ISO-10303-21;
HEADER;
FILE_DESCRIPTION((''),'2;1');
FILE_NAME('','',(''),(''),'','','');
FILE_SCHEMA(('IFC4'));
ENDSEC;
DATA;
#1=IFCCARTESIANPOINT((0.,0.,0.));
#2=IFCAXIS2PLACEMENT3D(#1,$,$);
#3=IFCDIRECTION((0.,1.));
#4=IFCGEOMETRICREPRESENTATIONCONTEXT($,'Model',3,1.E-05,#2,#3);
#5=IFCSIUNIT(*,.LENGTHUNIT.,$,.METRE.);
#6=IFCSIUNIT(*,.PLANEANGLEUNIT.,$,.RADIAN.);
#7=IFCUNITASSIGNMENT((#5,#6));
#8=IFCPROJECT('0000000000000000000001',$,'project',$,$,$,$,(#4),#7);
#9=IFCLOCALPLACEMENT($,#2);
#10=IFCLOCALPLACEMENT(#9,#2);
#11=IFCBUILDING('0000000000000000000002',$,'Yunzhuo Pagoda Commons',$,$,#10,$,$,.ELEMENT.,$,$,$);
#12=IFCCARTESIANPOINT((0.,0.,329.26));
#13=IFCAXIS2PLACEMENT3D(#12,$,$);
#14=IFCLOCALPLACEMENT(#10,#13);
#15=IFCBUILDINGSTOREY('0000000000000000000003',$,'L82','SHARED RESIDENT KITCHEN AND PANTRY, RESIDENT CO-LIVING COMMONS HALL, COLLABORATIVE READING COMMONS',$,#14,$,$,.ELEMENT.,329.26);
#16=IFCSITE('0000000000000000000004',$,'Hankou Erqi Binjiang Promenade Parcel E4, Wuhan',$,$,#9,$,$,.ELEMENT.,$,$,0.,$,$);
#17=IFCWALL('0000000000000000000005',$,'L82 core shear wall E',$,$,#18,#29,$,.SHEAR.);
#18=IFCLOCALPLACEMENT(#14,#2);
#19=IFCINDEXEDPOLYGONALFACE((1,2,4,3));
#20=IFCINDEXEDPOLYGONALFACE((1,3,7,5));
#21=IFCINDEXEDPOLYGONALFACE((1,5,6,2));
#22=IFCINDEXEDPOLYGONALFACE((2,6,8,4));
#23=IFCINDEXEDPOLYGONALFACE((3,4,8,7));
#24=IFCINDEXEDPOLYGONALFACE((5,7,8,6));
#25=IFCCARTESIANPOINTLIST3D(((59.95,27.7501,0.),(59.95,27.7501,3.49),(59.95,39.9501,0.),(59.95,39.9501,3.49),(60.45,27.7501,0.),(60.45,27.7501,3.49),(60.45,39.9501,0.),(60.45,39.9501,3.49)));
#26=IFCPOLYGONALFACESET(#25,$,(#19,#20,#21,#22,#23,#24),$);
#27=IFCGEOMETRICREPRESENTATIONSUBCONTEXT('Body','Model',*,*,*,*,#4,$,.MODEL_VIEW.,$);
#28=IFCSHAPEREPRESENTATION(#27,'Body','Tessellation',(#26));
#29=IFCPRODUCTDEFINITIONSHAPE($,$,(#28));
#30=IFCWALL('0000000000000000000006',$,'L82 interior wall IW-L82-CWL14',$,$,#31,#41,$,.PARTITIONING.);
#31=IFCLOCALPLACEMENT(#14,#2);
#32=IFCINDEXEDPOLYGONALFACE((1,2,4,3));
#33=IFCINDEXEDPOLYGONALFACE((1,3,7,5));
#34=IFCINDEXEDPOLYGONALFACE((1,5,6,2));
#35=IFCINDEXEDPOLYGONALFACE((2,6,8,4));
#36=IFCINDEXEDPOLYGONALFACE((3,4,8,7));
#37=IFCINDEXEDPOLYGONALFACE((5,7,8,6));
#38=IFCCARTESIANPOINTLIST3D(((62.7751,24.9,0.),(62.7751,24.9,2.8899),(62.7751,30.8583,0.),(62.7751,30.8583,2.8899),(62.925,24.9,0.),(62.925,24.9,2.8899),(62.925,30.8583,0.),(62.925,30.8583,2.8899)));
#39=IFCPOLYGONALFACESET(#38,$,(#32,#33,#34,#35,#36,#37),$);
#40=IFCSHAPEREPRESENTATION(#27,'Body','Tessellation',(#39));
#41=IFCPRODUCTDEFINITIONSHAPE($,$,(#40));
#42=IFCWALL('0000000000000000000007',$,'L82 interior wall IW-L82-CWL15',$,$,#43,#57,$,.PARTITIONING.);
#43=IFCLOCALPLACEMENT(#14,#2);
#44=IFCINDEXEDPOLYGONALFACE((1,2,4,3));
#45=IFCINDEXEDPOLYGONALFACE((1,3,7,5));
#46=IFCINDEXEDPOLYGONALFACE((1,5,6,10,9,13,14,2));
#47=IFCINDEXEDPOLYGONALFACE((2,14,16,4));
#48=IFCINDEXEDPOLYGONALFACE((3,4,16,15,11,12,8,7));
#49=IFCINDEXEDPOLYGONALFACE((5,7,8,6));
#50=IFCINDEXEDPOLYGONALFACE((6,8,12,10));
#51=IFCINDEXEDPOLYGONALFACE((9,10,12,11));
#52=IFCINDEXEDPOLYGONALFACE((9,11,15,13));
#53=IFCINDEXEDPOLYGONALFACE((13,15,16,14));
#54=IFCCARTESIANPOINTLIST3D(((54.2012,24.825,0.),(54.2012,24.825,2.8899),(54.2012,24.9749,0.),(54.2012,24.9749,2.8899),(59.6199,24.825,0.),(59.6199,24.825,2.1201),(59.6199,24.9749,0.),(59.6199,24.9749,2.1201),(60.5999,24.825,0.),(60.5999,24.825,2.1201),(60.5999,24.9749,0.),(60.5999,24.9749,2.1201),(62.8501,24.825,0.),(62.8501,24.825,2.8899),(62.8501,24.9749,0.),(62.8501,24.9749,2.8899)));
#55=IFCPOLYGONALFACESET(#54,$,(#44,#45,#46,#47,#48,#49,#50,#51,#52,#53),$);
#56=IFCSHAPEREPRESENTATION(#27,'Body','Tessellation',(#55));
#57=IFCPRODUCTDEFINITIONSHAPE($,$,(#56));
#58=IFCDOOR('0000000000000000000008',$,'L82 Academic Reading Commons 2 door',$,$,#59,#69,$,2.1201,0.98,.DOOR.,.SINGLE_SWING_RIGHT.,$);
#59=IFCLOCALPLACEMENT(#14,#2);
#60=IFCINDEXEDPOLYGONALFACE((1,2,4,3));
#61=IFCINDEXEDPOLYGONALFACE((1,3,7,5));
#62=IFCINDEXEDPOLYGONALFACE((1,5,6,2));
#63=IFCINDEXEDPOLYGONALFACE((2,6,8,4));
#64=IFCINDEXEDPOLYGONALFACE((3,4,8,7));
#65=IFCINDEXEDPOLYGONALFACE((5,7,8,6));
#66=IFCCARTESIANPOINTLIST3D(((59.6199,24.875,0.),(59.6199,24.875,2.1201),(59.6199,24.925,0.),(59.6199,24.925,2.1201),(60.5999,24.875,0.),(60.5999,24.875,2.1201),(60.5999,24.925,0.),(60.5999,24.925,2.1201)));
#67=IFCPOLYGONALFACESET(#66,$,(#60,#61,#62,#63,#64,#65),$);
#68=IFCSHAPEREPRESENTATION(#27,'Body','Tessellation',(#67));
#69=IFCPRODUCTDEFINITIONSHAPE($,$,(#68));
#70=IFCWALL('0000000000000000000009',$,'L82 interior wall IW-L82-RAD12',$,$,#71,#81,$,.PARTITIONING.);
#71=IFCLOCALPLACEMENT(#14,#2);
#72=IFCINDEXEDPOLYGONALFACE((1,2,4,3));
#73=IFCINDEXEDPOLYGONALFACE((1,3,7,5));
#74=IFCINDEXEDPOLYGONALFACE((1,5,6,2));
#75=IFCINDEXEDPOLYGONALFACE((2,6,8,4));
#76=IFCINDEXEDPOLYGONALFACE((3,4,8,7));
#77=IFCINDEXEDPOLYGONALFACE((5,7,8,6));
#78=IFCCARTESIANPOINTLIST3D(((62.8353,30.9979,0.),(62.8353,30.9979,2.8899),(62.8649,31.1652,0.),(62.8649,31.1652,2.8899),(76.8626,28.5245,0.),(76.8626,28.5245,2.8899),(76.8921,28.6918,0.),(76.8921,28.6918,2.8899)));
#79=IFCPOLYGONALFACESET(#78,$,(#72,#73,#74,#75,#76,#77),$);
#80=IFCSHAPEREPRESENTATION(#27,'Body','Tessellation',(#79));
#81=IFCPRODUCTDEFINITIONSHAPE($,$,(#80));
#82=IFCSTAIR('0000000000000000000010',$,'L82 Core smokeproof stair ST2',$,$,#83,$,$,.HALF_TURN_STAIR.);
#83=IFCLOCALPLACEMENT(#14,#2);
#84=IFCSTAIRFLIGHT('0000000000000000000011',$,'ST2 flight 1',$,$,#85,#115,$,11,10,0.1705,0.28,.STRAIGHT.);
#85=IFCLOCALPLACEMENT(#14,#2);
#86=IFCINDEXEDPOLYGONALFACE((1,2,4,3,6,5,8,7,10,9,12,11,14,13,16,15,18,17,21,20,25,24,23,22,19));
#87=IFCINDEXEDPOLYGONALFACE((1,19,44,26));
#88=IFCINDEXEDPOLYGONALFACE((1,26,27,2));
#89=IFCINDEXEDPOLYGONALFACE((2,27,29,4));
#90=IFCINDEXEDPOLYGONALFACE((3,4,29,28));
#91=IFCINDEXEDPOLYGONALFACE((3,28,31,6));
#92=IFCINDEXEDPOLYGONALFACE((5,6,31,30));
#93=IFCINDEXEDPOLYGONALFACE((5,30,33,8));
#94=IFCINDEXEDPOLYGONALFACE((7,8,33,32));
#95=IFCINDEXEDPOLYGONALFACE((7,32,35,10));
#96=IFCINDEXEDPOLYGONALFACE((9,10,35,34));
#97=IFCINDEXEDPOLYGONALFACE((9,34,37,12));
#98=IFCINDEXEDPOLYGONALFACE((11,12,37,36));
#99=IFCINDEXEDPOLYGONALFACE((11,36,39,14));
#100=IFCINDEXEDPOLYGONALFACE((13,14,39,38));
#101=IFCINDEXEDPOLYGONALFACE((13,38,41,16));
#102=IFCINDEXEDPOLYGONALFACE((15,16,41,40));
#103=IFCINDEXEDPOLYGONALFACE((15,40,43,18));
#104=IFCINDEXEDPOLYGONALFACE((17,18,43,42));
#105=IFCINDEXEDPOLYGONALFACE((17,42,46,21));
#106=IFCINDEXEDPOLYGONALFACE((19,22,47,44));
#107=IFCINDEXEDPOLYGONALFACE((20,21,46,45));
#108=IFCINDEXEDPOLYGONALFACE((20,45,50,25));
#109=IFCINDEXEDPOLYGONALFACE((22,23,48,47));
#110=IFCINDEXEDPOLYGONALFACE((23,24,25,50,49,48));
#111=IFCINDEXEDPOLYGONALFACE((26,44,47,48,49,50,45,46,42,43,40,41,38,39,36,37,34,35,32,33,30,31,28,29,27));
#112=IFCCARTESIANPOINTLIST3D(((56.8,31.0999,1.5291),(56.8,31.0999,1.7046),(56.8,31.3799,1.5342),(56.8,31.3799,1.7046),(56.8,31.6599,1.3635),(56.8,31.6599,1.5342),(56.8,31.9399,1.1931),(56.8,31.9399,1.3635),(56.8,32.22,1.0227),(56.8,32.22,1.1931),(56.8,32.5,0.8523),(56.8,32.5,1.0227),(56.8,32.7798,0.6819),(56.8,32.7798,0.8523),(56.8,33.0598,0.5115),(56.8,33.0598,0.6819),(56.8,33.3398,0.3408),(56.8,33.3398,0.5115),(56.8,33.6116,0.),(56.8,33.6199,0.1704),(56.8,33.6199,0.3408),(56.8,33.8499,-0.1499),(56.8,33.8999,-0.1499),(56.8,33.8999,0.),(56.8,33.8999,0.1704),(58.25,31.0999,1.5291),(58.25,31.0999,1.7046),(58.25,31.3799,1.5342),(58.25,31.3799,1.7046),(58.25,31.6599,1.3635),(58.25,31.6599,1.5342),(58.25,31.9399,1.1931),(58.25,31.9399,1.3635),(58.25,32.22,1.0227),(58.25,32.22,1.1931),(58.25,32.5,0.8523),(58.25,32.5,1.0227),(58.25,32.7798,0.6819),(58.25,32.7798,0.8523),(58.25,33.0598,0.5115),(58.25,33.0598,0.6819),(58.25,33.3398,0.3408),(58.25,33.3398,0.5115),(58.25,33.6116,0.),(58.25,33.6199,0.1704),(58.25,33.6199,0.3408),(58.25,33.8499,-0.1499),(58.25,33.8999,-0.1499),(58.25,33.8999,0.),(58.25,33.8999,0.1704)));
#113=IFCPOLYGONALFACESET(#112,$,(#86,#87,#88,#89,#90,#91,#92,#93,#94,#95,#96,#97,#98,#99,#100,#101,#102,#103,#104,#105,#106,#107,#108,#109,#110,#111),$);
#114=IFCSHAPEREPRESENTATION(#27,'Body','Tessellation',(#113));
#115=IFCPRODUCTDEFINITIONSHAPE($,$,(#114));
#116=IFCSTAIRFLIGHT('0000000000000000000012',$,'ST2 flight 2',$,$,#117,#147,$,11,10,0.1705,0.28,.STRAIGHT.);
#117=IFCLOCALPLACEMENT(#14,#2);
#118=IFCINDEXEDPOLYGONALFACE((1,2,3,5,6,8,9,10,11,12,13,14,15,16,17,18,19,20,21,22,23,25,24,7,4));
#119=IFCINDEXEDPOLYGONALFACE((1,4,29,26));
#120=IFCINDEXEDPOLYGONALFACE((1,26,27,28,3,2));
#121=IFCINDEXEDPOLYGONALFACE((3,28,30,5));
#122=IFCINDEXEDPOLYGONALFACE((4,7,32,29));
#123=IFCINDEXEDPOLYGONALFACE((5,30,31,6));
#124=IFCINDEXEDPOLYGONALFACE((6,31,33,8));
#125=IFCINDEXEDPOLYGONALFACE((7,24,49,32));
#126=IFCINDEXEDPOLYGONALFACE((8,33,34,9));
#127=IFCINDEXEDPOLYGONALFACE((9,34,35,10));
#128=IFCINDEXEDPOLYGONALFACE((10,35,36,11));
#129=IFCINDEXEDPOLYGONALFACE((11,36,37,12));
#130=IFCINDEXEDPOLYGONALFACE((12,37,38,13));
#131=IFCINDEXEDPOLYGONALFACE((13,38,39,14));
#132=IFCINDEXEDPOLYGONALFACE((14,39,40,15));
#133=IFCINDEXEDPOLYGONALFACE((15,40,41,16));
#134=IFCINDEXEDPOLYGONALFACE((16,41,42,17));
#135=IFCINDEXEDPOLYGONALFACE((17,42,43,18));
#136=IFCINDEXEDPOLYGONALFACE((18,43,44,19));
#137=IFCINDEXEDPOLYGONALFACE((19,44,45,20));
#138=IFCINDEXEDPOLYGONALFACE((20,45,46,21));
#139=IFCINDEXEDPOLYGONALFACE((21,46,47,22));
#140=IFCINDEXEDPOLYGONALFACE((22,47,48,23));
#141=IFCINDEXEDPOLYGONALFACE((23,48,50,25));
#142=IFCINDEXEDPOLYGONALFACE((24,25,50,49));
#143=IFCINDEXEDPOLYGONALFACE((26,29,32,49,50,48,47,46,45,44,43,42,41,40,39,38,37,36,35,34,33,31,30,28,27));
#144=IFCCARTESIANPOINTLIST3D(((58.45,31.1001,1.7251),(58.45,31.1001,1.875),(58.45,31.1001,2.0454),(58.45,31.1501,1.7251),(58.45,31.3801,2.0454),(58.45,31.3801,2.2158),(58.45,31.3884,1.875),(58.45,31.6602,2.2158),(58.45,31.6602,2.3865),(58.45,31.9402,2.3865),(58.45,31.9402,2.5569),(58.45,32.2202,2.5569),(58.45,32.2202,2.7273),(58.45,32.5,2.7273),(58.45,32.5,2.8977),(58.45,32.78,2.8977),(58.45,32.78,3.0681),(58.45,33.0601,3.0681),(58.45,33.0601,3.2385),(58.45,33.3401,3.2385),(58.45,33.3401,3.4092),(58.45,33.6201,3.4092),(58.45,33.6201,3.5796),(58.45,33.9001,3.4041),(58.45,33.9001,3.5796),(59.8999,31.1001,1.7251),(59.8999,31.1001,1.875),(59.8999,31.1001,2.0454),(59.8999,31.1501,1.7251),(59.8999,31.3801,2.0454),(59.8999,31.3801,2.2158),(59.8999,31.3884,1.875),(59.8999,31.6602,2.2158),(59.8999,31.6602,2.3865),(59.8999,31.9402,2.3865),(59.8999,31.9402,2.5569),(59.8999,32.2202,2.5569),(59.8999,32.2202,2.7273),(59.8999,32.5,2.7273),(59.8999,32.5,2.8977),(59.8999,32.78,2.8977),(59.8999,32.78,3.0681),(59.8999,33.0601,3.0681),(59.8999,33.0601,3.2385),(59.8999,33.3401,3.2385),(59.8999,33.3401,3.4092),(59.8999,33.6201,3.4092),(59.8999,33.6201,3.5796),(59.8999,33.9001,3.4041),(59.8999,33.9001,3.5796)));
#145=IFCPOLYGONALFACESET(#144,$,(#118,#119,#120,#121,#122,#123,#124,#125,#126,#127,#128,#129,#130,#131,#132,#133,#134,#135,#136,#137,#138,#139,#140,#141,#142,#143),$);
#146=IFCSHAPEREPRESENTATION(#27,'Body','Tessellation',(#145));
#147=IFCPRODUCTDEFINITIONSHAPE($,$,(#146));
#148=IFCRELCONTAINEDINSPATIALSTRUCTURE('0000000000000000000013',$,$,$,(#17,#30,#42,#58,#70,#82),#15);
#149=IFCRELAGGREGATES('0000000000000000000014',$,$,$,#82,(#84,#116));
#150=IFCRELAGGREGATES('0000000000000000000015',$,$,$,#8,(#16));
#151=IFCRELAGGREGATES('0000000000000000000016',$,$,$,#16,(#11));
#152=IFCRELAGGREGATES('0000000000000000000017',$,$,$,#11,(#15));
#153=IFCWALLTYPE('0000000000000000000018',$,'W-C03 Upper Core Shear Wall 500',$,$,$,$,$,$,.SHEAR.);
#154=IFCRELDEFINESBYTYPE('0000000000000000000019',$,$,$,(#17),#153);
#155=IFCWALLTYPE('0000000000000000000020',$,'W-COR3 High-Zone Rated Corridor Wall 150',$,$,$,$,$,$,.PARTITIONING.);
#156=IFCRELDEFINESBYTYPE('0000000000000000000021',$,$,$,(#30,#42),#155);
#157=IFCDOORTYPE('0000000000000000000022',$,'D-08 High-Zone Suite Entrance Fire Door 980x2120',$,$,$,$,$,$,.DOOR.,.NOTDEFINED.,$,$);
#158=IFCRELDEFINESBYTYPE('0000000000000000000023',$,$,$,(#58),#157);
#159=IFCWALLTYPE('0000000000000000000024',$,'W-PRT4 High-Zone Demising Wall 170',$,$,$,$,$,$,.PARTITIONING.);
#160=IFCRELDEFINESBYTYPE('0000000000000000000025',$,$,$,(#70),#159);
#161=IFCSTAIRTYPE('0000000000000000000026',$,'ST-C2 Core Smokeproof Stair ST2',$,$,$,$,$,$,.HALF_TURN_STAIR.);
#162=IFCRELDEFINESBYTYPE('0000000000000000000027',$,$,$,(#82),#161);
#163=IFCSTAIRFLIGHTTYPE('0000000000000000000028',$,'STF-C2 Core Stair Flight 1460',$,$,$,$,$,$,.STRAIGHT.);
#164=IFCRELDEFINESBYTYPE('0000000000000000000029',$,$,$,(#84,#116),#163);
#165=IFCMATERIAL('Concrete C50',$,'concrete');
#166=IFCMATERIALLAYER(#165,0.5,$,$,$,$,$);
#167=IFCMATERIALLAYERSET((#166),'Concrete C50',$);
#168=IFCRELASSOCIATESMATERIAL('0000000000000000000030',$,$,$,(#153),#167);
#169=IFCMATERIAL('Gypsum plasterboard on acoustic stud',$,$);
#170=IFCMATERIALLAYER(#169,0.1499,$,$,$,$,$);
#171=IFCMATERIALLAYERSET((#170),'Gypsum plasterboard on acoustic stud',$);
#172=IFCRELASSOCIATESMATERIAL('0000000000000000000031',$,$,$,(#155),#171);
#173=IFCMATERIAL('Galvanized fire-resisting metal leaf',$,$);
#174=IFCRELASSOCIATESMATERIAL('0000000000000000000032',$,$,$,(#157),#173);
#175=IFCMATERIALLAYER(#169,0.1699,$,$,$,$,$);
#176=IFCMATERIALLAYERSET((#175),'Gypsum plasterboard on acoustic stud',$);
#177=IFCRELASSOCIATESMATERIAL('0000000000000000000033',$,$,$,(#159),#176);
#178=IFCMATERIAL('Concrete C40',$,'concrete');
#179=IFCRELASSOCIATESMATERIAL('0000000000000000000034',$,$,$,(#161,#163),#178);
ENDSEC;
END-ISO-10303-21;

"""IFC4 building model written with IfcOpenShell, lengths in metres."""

from ifc_helpers import new_model, si_unit, direction, frame, frame_2d, origin, origin_with_axes, place, context, subcontext, project, spatial, polyline, rectangle, outline, extrude, source, transform, mapped, material, layer, layer_set, type_object, element, fill, aggregate, save


model = new_model("IFC4")

# Units and contexts
model_context = context("Model", 3, precision=1e-05, world=origin(), true_north=direction((0.0, 1.0)))
body_context = subcontext(model_context, "Body", "Model", "MODEL_VIEW")
ifc_project = project(units=[si_unit("LENGTHUNIT", "METRE"), si_unit("PLANEANGLEUNIT", "RADIAN")], contexts=[model_context])

# Site, building, storey
site_placement = place(None, origin())
site = spatial("IfcSite", under=ifc_project, at=site_placement, Name="Hankou Erqi Binjiang Promenade Parcel E4, Wuhan", CompositionType="ELEMENT", RefElevation=0.0)
building_placement = place(site_placement, origin())
building = spatial("IfcBuilding", under=site, at=building_placement, Name="Yunzhuo Pagoda Commons", CompositionType="ELEMENT")
storey_placement = place(building_placement, frame((0.0, 0.0, 329.26)))
storey = spatial("IfcBuildingStorey", under=building, at=storey_placement, Name="L82", Description="SHARED RESIDENT KITCHEN AND PANTRY, RESIDENT CO-LIVING COMMONS HALL, COLLABORATIVE READING COMMONS", CompositionType="ELEMENT", Elevation=329.26)

# Walls
ifc_material_1 = material(Name="Concrete C50", Category="concrete")
ifc_layer_1 = layer(ifc_material_1, 0.5)
ifc_layer_set_1 = layer_set([ifc_layer_1], Name="Concrete C50")
wall_type_1 = type_object("IfcWallType", Name="W-C03 Upper Core Shear Wall 500", PredefinedType="SHEAR", material=ifc_layer_set_1)
wall_1_placement = place(storey_placement, frame((60.2, 27.75, 0.0), z_axis=(0.0, 0.0, 1.0), x_axis=(0.0, 1.0, 0.0)))
element("IfcWall", 1, at=wall_1_placement, inside=storey, type_object=wall_type_1, Name="L82 core shear wall E", PredefinedType="SHEAR", context=body_context, shape_type="SweptSolid", body=[
    extrude(rectangle(XDim=12.2, YDim=0.5, at=frame_2d((6.1001, 0.0))), origin(), (0.0, 0.0, 1.0), 3.49),
])
ifc_material_2 = material(Name="Gypsum plasterboard on acoustic stud")
ifc_layer_2 = layer(ifc_material_2, 0.1499)
ifc_layer_set_2 = layer_set([ifc_layer_2], Name="Gypsum plasterboard on acoustic stud")
wall_type_2 = type_object("IfcWallType", Name="W-COR3 High-Zone Rated Corridor Wall 150", PredefinedType="PARTITIONING", material=ifc_layer_set_2)
wall_2_placement = place(storey_placement, frame((62.8501, 30.8582, 0.0), z_axis=(0.0, 0.0, 1.0), x_axis=(0.0, -1.0, 0.0)))
element("IfcWall", 2, at=wall_2_placement, inside=storey, type_object=wall_type_2, Name="L82 interior wall IW-L82-CWL14", PredefinedType="PARTITIONING", context=body_context, shape_type="SweptSolid", body=[
    extrude(rectangle(XDim=5.9583, YDim=0.1499, at=frame_2d((2.979, 0.0))), origin(), (0.0, 0.0, 1.0), 2.8899),
])

# Wall, opening, door
wall_3_placement = place(storey_placement, frame((62.8501, 24.8999, 0.0), z_axis=(0.0, 0.0, 1.0), x_axis=(-1.0, 0.0, 0.0)))
wall_3 = element("IfcWall", 3, at=wall_3_placement, inside=storey, type_object=wall_type_2, Name="L82 interior wall IW-L82-CWL15", PredefinedType="PARTITIONING", context=body_context, shape_type="SweptSolid", body=[
    extrude(rectangle(XDim=8.6489, YDim=0.1499, at=frame_2d((4.3245, 0.0))), origin(), (0.0, 0.0, 1.0), 2.8899),
])
opening_placement = place(wall_3_placement, frame((2.2502, 0.0, 0.0)))
opening = element("IfcOpeningElement", 4, at=opening_placement, cuts=wall_3, PredefinedType="OPENING", context=body_context, shape_type="SweptSolid", body=[
    extrude(rectangle(XDim=0.98, YDim=2.1201, at=frame_2d((0.49, 1.0601))), frame((0.0, 0.085, 0.0), z_axis=(0.0, -1.0, 0.0), x_axis=(1.0, 0.0, 0.0)), (0.0, 0.0, 1.0), 0.1699),
])
ifc_material_3 = material(Name="Galvanized fire-resisting metal leaf")
door_type = type_object("IfcDoorType", Name="D-08 High-Zone Suite Entrance Fire Door 980x2120", OperationType="NOTDEFINED", PredefinedType="DOOR", material=ifc_material_3)
shared_shape_1 = source(origin(), body_context, "Body", "SweptSolid", [
    extrude(rectangle(XDim=0.98, YDim=2.1201, at=frame_2d((0.49, 1.0601))), frame((0.0, 0.0249, 0.0), z_axis=(0.0, -1.0, 0.0), x_axis=(1.0, 0.0, 0.0)), (0.0, 0.0, 1.0), 0.05),
])
door_placement = place(opening_placement, origin_with_axes())
door = element("IfcDoor", 5, at=door_placement, inside=storey, type_object=door_type, Name="L82 Academic Reading Commons 2 door", OperationType="SINGLE_SWING_RIGHT", OverallHeight=2.1201, OverallWidth=0.98, PredefinedType="DOOR", context=body_context, shape_type="MappedRepresentation", body=[
    mapped(shared_shape_1, transform((0.0, 0.0, 0.0), scale=1.0)),
])
fill(opening, door)

# Wall
ifc_layer_3 = layer(ifc_material_2, 0.1699)
ifc_layer_set_3 = layer_set([ifc_layer_3], Name="Gypsum plasterboard on acoustic stud")
wall_type_3 = type_object("IfcWallType", Name="W-PRT4 High-Zone Demising Wall 170", PredefinedType="PARTITIONING", material=ifc_layer_set_3)
wall_4_placement = place(storey_placement, frame((62.8501, 31.0815, 0.0), z_axis=(0.0, 0.0, 1.0), x_axis=(0.984808, -0.173647, 0.0)))
element("IfcWall", 6, at=wall_4_placement, inside=storey, type_object=wall_type_3, Name="L82 interior wall IW-L82-RAD12", PredefinedType="PARTITIONING", context=body_context, shape_type="SweptSolid", body=[
    extrude(rectangle(XDim=14.2437, YDim=0.1699, at=frame_2d((7.1218, 0.0))), origin(), (0.0, 0.0, 1.0), 2.8899),
])

# Stair, stair flights
ifc_material_4 = material(Name="Concrete C40", Category="concrete")
stair_type = type_object("IfcStairType", Name="ST-C2 Core Smokeproof Stair ST2", PredefinedType="HALF_TURN_STAIR", material=ifc_material_4)
stair_placement = place(storey_placement, origin())
stair = element("IfcStair", 7, at=stair_placement, inside=storey, type_object=stair_type, Name="L82 Core smokeproof stair ST2", PredefinedType="HALF_TURN_STAIR")
stair_flight_type = type_object("IfcStairFlightType", Name="STF-C2 Core Stair Flight 1460", PredefinedType="STRAIGHT", material=ifc_material_4)
shared_shape_2 = source(origin(), body_context, "Body", "SweptSolid", [
    extrude(outline(polyline([(0.0, -0.1499), (0.0, 0.0), (0.0, 0.1704), (0.28, 0.1704), (0.28, 0.3408), (0.5601, 0.3408), (0.5601, 0.5115), (0.8401, 0.5115), (0.8401, 0.6819), (1.1201, 0.6819), (1.1201, 0.8523), (1.3999, 0.8523), (1.3999, 1.0227), (1.6799, 1.0227), (1.6799, 1.1931), (1.96, 1.1931), (1.96, 1.3635), (2.24, 1.3635), (2.24, 1.5342), (2.52, 1.5342), (2.52, 1.7046), (2.8, 1.7046), (2.8, 1.875), (2.8, 1.5291), (0.2883, 0.0), (0.05, -0.1499), (0.0, -0.1499)])), frame((0.0, 0.7251, 0.0), z_axis=(0.0, -1.0, 0.0), x_axis=(1.0, 0.0, 0.0)), (0.0, 0.0, 1.0), 1.45),
])
stair_flight_1_placement = place(storey_placement, frame((57.5249, 33.8999, 0.0), z_axis=(0.0, 0.0, 1.0), x_axis=(0.0, -1.0, 0.0)))
stair_flight_1 = element("IfcStairFlight", 8, at=stair_flight_1_placement, type_object=stair_flight_type, Name="ST2 flight 1", NumberOfRisers=11, NumberOfTreads=10, PredefinedType="STRAIGHT", RiserHeight=0.1705, TreadLength=0.28, context=body_context, shape_type="MappedRepresentation", body=[
    mapped(shared_shape_2, transform((0.0, 0.0, 0.0), scale=1.0)),
])
stair_flight_2_placement = place(storey_placement, frame((59.175, 31.1001, 1.875), z_axis=(0.0, 0.0, 1.0), x_axis=(0.0, 1.0, 0.0)))
stair_flight_2 = element("IfcStairFlight", 9, at=stair_flight_2_placement, type_object=stair_flight_type, Name="ST2 flight 2", NumberOfRisers=11, NumberOfTreads=10, PredefinedType="STRAIGHT", RiserHeight=0.1705, TreadLength=0.28, context=body_context, shape_type="MappedRepresentation", body=[
    mapped(shared_shape_2, transform((0.0, 0.0, 0.0), scale=1.0)),
])
aggregate(stair, [stair_flight_1, stair_flight_2])

save(model, "model.ifc")
